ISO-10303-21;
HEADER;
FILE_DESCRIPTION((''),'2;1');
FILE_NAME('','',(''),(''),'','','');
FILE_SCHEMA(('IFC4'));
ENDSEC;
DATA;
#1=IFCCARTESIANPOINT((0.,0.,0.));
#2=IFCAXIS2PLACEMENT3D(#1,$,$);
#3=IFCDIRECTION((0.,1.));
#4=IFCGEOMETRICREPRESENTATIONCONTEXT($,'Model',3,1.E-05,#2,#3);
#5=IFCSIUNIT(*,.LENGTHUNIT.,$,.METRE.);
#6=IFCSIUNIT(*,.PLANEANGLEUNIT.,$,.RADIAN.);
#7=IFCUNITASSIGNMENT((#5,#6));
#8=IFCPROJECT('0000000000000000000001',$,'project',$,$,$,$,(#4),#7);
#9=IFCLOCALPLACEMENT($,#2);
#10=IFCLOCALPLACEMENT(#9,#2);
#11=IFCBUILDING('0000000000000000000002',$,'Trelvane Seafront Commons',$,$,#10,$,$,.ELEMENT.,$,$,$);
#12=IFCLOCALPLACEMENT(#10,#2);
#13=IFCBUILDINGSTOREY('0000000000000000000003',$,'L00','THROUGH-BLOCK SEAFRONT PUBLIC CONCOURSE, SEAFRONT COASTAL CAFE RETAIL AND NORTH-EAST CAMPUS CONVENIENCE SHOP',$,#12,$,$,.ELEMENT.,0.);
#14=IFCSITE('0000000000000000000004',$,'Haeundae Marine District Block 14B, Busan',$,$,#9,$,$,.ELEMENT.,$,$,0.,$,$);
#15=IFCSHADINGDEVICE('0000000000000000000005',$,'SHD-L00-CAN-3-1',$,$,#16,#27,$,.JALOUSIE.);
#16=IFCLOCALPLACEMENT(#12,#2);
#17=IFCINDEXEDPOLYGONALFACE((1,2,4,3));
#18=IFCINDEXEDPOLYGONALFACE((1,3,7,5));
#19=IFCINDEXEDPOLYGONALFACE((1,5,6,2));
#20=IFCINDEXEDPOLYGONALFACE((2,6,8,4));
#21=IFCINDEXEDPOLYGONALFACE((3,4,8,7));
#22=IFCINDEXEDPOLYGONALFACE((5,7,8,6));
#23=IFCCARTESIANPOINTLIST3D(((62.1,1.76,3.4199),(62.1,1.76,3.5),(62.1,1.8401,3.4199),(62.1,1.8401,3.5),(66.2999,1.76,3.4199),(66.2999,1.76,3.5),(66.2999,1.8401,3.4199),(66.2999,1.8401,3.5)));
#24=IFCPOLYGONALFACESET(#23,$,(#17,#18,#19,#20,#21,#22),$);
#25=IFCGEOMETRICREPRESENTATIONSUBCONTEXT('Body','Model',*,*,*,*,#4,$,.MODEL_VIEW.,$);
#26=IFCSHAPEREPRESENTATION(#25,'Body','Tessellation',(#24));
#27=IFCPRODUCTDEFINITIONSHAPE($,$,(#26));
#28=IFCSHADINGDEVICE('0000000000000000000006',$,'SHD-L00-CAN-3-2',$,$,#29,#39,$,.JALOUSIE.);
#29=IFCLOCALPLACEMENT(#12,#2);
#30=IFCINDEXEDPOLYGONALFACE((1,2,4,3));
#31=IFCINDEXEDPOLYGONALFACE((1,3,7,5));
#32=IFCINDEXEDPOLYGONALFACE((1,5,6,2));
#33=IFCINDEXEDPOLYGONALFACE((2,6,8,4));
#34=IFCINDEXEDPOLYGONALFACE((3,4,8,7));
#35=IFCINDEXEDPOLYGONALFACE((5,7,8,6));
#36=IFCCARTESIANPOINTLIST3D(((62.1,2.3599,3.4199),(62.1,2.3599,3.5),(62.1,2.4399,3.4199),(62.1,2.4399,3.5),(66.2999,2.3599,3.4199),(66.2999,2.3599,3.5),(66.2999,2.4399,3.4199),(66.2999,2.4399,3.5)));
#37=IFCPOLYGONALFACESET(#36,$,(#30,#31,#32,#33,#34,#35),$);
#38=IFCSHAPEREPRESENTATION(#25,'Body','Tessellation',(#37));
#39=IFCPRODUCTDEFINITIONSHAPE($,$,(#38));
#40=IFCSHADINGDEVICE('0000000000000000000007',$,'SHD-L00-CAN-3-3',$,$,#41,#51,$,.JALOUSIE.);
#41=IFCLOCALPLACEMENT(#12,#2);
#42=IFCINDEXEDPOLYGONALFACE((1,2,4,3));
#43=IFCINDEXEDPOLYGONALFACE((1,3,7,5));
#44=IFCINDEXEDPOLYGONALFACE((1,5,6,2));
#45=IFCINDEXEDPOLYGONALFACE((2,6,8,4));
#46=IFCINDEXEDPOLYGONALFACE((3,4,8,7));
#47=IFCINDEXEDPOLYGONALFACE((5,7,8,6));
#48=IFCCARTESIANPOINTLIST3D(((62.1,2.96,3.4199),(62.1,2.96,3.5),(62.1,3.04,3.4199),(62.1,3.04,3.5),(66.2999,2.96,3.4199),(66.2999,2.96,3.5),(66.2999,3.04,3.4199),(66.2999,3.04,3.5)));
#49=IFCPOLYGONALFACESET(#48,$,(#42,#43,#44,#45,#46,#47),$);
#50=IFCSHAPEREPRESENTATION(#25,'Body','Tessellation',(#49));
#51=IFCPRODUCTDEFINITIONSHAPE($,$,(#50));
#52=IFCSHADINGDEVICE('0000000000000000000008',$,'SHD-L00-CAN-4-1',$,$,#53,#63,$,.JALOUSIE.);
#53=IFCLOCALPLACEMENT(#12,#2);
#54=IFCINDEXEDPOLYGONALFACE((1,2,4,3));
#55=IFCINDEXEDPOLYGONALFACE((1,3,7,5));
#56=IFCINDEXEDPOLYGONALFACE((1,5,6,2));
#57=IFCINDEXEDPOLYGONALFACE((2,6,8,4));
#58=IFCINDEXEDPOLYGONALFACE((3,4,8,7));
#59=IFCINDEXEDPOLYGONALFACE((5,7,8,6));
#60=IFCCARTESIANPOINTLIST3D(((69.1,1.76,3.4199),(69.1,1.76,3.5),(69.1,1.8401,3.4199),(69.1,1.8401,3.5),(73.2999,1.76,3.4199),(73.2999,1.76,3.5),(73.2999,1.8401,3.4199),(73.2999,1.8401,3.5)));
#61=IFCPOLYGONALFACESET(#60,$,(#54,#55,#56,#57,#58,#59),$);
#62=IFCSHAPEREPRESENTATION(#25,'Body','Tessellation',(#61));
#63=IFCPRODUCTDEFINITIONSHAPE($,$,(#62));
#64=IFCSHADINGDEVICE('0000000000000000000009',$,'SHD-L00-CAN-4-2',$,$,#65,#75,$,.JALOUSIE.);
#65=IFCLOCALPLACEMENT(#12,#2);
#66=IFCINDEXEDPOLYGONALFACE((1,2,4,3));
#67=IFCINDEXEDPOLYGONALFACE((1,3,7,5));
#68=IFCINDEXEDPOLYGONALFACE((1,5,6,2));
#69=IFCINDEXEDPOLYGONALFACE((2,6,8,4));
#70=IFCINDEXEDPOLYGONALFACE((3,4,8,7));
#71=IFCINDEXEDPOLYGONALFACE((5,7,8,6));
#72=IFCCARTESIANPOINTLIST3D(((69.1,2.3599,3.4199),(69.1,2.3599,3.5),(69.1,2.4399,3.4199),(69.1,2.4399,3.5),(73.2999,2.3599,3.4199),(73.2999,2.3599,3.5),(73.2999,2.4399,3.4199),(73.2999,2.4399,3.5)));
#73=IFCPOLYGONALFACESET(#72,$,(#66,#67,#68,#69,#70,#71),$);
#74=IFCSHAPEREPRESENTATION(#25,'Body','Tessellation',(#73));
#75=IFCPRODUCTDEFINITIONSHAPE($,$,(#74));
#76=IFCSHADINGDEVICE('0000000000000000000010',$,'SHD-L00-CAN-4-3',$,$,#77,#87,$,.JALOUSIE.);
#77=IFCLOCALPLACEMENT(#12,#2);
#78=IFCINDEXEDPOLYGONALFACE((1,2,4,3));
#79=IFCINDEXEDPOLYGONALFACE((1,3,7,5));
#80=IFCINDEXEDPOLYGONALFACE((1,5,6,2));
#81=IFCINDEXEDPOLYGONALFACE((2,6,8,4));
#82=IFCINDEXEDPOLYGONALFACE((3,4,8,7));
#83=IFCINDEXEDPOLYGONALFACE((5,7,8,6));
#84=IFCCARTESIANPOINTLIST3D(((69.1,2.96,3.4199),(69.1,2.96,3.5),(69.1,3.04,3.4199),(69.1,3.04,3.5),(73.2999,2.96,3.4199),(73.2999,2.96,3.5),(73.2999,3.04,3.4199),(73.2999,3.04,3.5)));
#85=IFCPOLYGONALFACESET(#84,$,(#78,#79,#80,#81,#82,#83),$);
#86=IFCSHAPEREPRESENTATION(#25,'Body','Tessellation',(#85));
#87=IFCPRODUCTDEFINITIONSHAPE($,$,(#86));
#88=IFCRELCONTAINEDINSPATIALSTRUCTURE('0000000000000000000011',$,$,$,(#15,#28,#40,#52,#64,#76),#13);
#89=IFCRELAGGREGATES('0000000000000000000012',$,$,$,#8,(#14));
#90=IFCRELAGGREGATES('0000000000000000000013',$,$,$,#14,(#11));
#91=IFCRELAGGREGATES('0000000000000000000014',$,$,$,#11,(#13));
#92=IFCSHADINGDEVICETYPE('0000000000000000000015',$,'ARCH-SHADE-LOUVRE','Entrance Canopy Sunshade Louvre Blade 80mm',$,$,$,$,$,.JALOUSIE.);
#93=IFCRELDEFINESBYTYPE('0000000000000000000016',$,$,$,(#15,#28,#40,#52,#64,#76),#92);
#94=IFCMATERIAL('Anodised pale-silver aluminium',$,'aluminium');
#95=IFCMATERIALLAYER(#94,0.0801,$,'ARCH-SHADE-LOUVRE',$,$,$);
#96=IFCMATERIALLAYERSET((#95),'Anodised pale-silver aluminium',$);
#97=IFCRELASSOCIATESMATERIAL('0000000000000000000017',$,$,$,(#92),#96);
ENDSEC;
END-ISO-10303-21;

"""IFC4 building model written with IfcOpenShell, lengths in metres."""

from ifc_helpers import new_model, si_unit, direction, frame, origin, origin_2d, place, context, subcontext, project, spatial, rectangle, extrude, source, transform, mapped, material, layer, layer_set, type_object, element, save


model = new_model("IFC4")

# Units and contexts
model_context = context("Model", 3, precision=1e-05, world=origin(), true_north=direction((0.0, 1.0)))
body_context = subcontext(model_context, "Body", "Model", "MODEL_VIEW")
ifc_project = project(units=[si_unit("LENGTHUNIT", "METRE"), si_unit("PLANEANGLEUNIT", "RADIAN")], contexts=[model_context])

# Site, building, storey
site_placement = place(None, origin())
site = spatial("IfcSite", under=ifc_project, at=site_placement, Name="Haeundae Marine District Block 14B, Busan", CompositionType="ELEMENT", RefElevation=0.0)
building_placement = place(site_placement, origin())
building = spatial("IfcBuilding", under=site, at=building_placement, Name="Trelvane Seafront Commons", CompositionType="ELEMENT")
storey_placement = place(building_placement, origin())
storey = spatial("IfcBuildingStorey", under=building, at=storey_placement, Name="L00", Description="THROUGH-BLOCK SEAFRONT PUBLIC CONCOURSE, SEAFRONT COASTAL CAFE RETAIL AND NORTH-EAST CAMPUS CONVENIENCE SHOP", CompositionType="ELEMENT", Elevation=0.0)

# Shared definitions
ifc_material_1 = material(Name="Anodised pale-silver aluminium", Category="aluminium")

# Shading devices
ifc_layer_1 = layer(ifc_material_1, 0.0801, Name="ARCH-SHADE-LOUVRE")
ifc_layer_set_1 = layer_set([ifc_layer_1], Name="Anodised pale-silver aluminium")
shading_device_type = type_object("IfcShadingDeviceType", Name="ARCH-SHADE-LOUVRE", Description="Entrance Canopy Sunshade Louvre Blade 80mm", PredefinedType="JALOUSIE", material=ifc_layer_set_1)
shared_shape_1 = source(origin(), body_context, "Body", "SweptSolid", [
    extrude(rectangle(XDim=4.2, YDim=0.0801, at=origin_2d()), origin(), (0.0, 0.0, 1.0), 0.0801),
])
for number, where, z_axis, x_axis, name in (
    (1, (64.2, 1.8, 3.4199), (0.0, 0.0, 1.0), (1.0, 0.0, 0.0), "SHD-L00-CAN-3-1"),
    (2, (64.2, 2.3999, 3.4199), (0.0, 0.0, 1.0), (1.0, 0.0, 0.0), "SHD-L00-CAN-3-2"),
    (3, (64.2, 3.0, 3.4199), (0.0, 0.0, 1.0), (1.0, 0.0, 0.0), "SHD-L00-CAN-3-3"),
    (4, (71.2, 1.8, 3.4199), (0.0, 0.0, 1.0), (1.0, 0.0, 0.0), "SHD-L00-CAN-4-1"),
    (5, (71.2, 2.3999, 3.4199), (0.0, 0.0, 1.0), (1.0, 0.0, 0.0), "SHD-L00-CAN-4-2"),
    (6, (71.2, 3.0, 3.4199), (0.0, 0.0, 1.0), (1.0, 0.0, 0.0), "SHD-L00-CAN-4-3"),
):
    element("IfcShadingDevice", number, at=place(storey_placement, frame(where, z_axis=z_axis, x_axis=x_axis)), inside=storey, type_object=shading_device_type, Name=name, PredefinedType="JALOUSIE", context=body_context, shape_type="MappedRepresentation", body=[
        mapped(shared_shape_1, transform((0.0, 0.0, 0.0), x_axis=(1.0, 0.0, 0.0), y_axis=(0.0, 1.0, 0.0), z_axis=(0.0, 0.0, 1.0), scale=1.0)),
    ])

save(model, "model.ifc")
